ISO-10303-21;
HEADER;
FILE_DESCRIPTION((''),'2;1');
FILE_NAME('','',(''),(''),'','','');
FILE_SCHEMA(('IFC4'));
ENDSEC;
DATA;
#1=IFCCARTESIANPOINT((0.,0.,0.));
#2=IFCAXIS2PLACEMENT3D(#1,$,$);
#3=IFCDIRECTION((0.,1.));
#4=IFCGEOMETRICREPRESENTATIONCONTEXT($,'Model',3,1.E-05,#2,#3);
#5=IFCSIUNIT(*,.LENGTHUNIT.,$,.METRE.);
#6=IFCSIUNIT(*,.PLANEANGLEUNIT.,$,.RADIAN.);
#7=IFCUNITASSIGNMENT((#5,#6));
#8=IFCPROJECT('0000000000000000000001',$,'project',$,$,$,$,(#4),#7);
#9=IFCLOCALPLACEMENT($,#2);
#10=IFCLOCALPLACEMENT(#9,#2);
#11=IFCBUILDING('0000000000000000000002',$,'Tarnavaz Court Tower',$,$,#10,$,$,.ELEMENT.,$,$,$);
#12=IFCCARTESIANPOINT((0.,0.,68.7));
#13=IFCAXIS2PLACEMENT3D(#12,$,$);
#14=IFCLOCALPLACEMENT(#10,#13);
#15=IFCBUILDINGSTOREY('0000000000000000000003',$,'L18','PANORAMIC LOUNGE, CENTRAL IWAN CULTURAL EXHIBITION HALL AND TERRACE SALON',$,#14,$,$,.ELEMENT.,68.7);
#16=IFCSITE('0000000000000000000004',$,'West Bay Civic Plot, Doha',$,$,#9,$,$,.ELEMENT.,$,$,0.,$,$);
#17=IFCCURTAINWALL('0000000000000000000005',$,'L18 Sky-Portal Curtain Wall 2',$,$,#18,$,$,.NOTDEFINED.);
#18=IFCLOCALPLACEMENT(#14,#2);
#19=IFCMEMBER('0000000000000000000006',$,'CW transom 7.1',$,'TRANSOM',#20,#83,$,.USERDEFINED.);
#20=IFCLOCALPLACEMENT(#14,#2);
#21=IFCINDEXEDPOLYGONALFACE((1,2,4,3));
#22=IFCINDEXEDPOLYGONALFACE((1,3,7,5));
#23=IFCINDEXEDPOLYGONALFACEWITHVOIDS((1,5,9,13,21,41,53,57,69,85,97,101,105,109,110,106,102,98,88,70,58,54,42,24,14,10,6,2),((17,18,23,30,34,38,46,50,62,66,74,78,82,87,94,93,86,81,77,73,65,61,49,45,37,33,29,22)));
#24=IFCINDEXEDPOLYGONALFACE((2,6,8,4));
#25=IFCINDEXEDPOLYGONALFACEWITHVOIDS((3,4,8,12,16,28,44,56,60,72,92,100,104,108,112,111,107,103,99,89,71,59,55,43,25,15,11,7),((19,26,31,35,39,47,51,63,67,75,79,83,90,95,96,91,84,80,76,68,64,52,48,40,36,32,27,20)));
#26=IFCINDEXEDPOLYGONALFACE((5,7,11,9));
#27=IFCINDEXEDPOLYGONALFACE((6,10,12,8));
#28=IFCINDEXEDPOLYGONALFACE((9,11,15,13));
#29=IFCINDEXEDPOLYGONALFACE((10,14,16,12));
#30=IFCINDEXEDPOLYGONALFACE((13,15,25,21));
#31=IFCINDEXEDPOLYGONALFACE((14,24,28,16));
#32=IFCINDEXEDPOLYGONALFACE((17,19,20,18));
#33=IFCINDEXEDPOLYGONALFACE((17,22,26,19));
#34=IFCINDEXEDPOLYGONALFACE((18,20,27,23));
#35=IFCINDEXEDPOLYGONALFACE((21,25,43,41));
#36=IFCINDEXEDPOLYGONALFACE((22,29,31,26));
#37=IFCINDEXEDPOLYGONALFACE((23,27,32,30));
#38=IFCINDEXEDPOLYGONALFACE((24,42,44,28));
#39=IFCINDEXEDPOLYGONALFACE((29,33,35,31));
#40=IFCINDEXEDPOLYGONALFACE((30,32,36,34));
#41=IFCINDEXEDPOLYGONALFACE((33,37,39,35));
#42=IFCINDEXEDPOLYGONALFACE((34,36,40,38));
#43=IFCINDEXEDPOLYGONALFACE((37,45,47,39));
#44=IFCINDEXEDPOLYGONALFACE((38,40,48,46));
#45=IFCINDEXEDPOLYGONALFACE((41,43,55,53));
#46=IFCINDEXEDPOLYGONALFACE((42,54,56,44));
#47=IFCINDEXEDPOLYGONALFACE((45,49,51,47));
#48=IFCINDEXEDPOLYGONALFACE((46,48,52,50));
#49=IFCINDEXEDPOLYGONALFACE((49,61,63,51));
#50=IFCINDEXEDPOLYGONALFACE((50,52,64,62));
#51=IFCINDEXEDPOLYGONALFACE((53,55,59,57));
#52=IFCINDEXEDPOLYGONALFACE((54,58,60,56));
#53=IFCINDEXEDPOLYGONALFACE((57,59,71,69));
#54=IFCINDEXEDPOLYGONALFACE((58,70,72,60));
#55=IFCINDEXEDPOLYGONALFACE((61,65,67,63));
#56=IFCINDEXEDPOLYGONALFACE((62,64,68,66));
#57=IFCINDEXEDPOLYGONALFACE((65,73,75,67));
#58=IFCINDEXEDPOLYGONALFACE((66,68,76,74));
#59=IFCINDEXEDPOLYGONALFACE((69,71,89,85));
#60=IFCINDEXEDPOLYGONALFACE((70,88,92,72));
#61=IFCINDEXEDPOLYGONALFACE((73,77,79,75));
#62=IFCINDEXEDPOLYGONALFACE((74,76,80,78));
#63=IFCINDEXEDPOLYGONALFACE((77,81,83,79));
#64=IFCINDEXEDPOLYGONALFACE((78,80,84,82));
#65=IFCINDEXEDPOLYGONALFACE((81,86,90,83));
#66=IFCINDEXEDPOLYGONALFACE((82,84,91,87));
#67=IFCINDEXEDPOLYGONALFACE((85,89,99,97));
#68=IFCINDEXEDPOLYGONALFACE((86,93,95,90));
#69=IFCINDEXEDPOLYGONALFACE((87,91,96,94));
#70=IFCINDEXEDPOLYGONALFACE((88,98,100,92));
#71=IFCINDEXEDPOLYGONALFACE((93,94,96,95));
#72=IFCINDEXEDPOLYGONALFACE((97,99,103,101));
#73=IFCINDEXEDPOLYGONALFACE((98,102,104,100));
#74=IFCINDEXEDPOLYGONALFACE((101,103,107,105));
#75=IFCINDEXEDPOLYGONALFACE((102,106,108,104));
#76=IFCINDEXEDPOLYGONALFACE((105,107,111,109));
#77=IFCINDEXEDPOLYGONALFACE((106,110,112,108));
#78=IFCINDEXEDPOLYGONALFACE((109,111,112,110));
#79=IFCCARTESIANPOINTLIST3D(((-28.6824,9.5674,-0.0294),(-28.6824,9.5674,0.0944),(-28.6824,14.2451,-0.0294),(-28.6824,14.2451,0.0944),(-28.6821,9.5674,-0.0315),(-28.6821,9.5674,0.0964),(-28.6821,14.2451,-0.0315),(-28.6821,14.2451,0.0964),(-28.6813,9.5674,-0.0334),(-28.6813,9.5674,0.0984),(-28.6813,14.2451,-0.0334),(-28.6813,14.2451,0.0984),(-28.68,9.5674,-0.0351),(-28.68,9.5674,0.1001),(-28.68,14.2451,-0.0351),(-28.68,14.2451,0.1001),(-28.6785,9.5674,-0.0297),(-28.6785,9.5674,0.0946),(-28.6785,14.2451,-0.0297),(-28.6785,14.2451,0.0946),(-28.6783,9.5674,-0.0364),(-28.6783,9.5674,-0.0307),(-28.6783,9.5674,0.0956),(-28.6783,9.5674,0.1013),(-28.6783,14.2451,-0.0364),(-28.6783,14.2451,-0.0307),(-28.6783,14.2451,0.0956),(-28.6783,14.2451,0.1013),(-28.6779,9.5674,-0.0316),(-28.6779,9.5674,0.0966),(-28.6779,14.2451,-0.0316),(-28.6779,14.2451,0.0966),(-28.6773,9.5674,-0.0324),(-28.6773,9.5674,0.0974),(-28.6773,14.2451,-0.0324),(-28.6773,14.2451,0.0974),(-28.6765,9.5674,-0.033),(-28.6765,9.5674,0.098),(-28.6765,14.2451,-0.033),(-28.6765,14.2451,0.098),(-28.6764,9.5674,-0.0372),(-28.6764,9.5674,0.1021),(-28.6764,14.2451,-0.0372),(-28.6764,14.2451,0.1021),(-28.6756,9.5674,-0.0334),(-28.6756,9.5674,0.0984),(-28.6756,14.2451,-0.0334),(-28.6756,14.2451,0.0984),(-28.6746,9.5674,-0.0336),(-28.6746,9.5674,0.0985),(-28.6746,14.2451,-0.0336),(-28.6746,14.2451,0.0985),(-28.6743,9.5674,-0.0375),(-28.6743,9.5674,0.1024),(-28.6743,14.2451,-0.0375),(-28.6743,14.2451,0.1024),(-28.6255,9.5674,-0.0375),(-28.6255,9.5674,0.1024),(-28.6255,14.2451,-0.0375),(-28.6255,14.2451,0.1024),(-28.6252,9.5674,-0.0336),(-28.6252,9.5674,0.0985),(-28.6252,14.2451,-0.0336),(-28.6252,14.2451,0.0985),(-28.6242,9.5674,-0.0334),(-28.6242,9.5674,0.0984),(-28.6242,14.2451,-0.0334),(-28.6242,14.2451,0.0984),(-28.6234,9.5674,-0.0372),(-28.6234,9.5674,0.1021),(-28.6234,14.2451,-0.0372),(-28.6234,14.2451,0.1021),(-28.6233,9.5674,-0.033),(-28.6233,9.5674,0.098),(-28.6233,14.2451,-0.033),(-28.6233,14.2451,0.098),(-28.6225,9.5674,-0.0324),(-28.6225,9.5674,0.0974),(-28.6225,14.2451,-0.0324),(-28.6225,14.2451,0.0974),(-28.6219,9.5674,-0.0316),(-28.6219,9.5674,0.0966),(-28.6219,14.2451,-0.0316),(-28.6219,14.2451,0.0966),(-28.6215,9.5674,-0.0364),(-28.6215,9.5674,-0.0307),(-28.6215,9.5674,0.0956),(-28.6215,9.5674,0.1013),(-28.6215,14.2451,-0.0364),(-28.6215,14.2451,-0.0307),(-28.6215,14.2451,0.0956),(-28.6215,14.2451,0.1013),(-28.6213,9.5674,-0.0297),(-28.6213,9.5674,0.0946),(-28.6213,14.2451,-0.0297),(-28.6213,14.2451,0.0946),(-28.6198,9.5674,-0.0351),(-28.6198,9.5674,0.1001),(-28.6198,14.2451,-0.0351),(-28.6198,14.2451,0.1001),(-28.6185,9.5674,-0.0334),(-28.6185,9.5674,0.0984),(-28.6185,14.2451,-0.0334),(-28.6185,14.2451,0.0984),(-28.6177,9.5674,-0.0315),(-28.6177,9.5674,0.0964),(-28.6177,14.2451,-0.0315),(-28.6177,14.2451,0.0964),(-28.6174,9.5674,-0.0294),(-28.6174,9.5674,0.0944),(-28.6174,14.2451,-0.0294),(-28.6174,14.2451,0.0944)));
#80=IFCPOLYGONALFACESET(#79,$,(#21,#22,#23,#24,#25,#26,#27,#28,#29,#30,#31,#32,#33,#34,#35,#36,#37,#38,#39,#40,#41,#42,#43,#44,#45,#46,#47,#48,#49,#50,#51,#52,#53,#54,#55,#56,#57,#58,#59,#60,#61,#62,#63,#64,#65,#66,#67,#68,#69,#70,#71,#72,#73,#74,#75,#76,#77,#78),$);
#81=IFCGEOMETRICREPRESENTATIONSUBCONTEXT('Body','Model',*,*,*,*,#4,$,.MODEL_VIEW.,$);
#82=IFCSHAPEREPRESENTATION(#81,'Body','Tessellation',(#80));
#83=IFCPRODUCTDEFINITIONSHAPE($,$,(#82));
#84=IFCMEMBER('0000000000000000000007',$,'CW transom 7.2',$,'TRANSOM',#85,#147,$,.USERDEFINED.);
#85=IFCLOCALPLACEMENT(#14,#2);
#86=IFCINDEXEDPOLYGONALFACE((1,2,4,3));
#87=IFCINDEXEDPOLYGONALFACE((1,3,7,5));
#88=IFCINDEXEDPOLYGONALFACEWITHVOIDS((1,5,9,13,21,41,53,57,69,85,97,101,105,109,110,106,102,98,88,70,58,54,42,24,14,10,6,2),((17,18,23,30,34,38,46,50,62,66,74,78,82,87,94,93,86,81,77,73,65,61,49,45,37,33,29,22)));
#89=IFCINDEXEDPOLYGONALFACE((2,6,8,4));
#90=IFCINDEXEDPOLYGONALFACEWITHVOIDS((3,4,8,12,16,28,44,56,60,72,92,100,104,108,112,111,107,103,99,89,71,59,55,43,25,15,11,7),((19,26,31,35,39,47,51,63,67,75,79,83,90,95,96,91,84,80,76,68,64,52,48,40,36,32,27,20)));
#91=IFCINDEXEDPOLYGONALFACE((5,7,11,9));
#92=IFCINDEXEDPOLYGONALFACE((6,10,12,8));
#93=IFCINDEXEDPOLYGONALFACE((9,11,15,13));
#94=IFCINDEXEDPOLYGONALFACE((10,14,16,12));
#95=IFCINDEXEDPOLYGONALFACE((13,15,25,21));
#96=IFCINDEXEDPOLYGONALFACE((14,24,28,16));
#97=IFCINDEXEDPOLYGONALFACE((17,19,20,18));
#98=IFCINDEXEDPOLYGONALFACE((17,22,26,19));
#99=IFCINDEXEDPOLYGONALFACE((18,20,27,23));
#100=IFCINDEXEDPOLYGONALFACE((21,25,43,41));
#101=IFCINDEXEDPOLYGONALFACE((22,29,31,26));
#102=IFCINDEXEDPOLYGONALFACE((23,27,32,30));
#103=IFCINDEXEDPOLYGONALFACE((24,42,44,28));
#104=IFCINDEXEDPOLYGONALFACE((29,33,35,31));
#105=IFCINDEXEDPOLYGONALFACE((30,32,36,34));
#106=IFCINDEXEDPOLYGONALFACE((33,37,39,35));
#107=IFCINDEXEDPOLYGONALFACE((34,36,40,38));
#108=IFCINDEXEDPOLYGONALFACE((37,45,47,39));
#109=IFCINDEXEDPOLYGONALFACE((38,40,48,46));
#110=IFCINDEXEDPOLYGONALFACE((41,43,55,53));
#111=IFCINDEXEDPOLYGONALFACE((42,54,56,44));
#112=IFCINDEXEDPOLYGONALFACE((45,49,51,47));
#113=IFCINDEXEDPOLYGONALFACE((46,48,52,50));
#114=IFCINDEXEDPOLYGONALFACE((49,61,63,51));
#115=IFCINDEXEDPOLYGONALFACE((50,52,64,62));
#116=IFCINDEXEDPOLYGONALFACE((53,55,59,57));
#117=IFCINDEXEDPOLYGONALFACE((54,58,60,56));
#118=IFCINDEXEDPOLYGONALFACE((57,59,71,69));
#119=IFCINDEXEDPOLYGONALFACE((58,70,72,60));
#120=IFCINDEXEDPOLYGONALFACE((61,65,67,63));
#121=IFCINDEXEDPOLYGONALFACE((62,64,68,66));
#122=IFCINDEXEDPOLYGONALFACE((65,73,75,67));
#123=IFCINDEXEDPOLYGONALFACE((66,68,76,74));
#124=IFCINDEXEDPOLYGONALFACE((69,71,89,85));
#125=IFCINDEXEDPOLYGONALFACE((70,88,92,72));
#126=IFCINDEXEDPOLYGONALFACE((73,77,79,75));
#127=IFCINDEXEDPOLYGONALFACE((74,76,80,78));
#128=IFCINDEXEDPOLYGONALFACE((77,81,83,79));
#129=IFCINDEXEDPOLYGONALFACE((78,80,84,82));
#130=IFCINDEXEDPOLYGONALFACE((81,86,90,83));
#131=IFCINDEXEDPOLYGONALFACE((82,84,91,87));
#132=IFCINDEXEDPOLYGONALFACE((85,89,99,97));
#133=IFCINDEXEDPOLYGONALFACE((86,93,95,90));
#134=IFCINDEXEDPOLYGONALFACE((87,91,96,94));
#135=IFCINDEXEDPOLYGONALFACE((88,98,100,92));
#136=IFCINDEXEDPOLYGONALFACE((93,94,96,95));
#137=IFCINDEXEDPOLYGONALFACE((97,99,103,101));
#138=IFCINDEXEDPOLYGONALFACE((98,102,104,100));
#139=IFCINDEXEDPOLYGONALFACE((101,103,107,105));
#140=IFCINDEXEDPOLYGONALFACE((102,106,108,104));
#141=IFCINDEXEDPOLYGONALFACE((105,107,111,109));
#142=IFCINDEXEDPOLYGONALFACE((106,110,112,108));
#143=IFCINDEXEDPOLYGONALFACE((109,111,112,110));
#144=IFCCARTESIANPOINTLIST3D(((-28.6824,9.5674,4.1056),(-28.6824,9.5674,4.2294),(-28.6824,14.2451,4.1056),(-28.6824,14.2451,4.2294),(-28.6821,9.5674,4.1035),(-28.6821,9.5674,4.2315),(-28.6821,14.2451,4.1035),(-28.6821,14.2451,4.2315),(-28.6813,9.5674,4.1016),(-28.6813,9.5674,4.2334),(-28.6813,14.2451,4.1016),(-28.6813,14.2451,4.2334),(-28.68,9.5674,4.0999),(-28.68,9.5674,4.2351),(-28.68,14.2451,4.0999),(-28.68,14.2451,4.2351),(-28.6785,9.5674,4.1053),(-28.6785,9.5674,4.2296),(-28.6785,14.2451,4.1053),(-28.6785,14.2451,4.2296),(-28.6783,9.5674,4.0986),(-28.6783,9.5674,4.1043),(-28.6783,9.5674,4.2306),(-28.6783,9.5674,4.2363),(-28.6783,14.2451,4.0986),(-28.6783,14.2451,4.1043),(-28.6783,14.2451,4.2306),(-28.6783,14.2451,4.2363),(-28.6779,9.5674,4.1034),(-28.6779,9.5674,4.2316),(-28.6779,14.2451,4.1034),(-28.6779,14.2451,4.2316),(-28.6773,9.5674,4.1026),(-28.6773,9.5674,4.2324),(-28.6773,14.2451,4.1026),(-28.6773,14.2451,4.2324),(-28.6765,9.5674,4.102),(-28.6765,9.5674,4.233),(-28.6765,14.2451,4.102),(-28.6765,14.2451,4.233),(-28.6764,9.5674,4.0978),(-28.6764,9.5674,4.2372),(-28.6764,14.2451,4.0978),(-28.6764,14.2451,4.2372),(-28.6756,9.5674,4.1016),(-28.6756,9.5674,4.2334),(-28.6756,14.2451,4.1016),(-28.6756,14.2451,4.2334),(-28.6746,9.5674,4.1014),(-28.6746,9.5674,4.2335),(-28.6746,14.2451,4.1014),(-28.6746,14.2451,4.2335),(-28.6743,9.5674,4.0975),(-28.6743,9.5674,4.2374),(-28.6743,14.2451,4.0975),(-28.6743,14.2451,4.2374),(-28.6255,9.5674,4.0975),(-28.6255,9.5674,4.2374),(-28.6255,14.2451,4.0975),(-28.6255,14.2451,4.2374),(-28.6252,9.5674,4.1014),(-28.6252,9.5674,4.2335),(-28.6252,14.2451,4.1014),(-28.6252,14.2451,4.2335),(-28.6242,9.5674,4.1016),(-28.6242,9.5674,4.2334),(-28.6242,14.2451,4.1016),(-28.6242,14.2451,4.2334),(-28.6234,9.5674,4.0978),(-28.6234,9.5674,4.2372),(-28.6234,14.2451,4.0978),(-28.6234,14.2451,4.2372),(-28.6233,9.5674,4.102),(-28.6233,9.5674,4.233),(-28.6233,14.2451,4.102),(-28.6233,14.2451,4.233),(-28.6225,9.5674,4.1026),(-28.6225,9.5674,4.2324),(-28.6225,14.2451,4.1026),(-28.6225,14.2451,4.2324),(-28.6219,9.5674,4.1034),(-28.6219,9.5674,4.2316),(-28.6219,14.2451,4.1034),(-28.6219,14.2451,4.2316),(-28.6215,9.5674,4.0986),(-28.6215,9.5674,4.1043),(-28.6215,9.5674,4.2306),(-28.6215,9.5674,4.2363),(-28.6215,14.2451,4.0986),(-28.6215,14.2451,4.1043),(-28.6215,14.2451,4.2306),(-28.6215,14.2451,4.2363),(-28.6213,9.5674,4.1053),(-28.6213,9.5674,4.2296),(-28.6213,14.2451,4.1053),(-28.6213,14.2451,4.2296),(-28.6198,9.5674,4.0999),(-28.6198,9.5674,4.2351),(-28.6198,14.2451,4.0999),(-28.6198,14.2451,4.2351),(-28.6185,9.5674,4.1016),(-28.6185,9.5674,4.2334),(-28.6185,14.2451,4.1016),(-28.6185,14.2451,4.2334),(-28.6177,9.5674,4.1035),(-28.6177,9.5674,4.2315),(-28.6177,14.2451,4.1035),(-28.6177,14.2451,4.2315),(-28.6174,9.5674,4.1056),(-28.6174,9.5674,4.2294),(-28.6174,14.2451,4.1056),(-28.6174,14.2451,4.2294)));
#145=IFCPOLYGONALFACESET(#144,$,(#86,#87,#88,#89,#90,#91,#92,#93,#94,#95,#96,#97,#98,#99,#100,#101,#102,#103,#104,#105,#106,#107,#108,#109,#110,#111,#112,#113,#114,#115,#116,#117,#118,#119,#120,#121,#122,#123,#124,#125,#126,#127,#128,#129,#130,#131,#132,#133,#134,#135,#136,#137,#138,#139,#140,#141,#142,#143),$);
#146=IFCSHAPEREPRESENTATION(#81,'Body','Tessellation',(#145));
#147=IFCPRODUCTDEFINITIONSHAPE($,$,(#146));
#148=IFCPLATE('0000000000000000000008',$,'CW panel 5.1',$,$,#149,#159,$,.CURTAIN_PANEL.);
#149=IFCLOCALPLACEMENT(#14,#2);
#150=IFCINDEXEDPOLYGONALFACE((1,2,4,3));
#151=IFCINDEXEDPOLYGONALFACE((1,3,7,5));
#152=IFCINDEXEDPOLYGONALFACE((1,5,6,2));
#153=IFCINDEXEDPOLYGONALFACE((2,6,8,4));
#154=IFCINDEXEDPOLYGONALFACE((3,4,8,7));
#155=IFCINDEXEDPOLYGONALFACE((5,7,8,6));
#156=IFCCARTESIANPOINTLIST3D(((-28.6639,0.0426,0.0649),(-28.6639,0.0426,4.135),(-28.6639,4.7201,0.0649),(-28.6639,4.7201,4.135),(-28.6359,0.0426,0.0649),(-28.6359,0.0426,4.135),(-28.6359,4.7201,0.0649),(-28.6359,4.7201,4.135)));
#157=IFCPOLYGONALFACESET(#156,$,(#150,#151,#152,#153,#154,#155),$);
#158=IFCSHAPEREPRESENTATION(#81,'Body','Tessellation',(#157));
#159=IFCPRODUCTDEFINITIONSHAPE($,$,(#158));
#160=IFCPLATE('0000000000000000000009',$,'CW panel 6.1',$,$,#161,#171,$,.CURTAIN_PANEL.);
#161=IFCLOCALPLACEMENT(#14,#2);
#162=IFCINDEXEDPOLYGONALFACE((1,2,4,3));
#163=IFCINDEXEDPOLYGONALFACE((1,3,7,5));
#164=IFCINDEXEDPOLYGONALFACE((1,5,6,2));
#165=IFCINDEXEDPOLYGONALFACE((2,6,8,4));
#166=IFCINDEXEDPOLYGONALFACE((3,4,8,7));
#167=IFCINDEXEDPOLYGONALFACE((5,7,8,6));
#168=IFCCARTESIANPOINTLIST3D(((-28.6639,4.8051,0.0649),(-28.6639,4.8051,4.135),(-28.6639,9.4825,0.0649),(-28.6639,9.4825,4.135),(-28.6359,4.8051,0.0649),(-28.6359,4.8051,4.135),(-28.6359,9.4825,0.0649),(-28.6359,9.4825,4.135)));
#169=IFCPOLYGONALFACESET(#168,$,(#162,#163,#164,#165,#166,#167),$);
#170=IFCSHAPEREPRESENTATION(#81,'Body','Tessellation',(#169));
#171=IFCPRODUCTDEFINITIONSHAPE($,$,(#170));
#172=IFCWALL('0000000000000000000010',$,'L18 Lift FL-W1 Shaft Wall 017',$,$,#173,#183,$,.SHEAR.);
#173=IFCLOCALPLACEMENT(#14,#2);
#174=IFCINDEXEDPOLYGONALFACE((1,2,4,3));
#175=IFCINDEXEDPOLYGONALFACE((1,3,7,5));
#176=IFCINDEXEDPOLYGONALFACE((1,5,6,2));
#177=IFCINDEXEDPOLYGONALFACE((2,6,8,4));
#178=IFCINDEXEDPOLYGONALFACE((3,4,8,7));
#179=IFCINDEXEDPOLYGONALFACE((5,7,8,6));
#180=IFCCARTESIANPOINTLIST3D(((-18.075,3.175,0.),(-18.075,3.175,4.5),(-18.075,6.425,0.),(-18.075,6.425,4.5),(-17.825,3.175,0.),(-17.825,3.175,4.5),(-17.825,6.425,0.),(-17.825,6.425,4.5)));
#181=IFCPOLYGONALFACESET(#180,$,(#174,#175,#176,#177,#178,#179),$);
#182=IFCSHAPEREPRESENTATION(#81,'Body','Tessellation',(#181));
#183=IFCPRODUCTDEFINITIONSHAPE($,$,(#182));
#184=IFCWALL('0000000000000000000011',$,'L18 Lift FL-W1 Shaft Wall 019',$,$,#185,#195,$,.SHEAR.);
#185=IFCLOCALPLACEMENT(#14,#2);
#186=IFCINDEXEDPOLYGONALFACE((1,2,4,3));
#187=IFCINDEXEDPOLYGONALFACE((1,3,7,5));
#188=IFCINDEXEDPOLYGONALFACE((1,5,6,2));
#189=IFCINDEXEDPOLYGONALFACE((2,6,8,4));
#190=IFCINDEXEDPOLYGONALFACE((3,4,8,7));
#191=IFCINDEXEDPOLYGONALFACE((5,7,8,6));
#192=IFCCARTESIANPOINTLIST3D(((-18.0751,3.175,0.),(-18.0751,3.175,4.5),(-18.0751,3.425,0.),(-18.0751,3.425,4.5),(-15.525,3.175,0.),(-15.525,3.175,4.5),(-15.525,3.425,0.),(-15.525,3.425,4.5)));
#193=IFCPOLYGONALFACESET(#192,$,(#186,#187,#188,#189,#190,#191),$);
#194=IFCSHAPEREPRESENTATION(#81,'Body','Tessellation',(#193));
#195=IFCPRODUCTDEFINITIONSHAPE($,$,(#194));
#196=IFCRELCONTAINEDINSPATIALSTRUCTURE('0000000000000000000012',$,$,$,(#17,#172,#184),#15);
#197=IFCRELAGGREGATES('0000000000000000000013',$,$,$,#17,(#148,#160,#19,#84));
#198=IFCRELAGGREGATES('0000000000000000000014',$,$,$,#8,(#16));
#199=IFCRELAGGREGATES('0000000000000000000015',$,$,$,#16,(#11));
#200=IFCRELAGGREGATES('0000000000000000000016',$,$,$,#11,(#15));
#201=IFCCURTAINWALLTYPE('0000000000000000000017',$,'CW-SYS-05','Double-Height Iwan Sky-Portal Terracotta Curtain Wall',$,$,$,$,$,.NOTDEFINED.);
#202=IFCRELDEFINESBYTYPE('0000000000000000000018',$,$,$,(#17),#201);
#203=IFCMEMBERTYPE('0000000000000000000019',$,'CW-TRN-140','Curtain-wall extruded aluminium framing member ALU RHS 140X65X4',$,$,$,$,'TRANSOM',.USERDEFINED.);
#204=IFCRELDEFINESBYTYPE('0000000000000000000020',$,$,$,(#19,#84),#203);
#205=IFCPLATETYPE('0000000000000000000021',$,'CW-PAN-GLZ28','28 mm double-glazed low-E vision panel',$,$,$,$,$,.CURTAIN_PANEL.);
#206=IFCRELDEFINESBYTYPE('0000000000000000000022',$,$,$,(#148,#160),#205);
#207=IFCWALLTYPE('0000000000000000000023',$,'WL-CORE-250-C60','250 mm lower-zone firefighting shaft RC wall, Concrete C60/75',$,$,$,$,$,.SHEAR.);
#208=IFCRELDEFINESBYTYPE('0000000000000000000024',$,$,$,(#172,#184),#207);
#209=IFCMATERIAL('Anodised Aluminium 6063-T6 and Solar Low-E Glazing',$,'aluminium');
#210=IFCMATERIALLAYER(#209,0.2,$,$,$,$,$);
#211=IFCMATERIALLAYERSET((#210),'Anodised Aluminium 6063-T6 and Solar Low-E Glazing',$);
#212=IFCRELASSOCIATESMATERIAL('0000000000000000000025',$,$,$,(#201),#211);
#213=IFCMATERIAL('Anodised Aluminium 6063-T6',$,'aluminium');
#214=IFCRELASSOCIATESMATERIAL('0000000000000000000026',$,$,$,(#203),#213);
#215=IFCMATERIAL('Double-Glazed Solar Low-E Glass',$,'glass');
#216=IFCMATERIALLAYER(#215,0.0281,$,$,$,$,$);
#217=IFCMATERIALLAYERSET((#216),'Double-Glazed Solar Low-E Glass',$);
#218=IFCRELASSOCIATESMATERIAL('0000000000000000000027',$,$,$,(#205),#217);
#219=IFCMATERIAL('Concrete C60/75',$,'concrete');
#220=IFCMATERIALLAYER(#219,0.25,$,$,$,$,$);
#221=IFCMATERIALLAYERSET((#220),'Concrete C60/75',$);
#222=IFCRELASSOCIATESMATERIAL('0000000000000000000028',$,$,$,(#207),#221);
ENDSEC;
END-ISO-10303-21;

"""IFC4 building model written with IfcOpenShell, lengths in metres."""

from ifc_helpers import new_model, si_unit, direction, frame, frame_2d, origin, origin_2d, place, context, subcontext, project, spatial, rectangle, hollow_rectangle, extrude, material, layer, layer_set, material_profile, profile_set, type_object, element, aggregate, save


model = new_model("IFC4")

# Units and contexts
model_context = context("Model", 3, precision=1e-05, world=origin(), true_north=direction((0.0, 1.0)))
body_context = subcontext(model_context, "Body", "Model", "MODEL_VIEW")
ifc_project = project(units=[si_unit("LENGTHUNIT", "METRE"), si_unit("PLANEANGLEUNIT", "RADIAN")], contexts=[model_context])

# Site, building, storey
site_placement = place(None, origin())
site = spatial("IfcSite", under=ifc_project, at=site_placement, Name="West Bay Civic Plot, Doha", CompositionType="ELEMENT", RefElevation=0.0)
building_placement = place(site_placement, origin())
building = spatial("IfcBuilding", under=site, at=building_placement, Name="Tarnavaz Court Tower", CompositionType="ELEMENT")
storey_placement = place(building_placement, frame((0.0, 0.0, 68.7)))
storey = spatial("IfcBuildingStorey", under=building, at=storey_placement, Name="L18", Description="PANORAMIC LOUNGE, CENTRAL IWAN CULTURAL EXHIBITION HALL AND TERRACE SALON", CompositionType="ELEMENT", Elevation=68.7)

# Shared definitions
ifc_material_1 = material(Name="Concrete C60/75", Category="concrete")

# Curtain wall, members, plates
ifc_material_2 = material(Name="Anodised Aluminium 6063-T6 and Solar Low-E Glazing", Category="aluminium")
ifc_layer_1 = layer(ifc_material_2, 0.2)
ifc_layer_set_1 = layer_set([ifc_layer_1], Name="Anodised Aluminium 6063-T6 and Solar Low-E Glazing")
curtain_wall_type = type_object("IfcCurtainWallType", Name="CW-SYS-05", Description="Double-Height Iwan Sky-Portal Terracotta Curtain Wall", PredefinedType="NOTDEFINED", material=ifc_layer_set_1)
curtain_wall_placement = place(storey_placement, origin())
curtain_wall = element("IfcCurtainWall", 1, at=curtain_wall_placement, inside=storey, type_object=curtain_wall_type, Name="L18 Sky-Portal Curtain Wall 2", PredefinedType="NOTDEFINED")
ifc_material_3 = material(Name="Anodised Aluminium 6063-T6", Category="aluminium")
ifc_material_profile_1 = material_profile(ifc_material_3, hollow_rectangle(XDim=0.0649, YDim=0.1399, WallThickness=0.0039, InnerFilletRadius=0.0039, OuterFilletRadius=0.0081, at=origin_2d()), Name="ALU RHS 140X65X4")
ifc_profile_set_1 = profile_set([ifc_material_profile_1], Name="Anodised Aluminium 6063-T6")
member_type_1 = type_object("IfcMemberType", Name="CW-TRN-140", Description="Curtain-wall extruded aluminium framing member ALU RHS 140X65X4", ElementType="TRANSOM", PredefinedType="USERDEFINED", material=ifc_profile_set_1)
member_1_placement = place(storey_placement, frame((-28.6499, 9.5674, 0.0325), z_axis=(0.0, 1.0, 0.0), x_axis=(-1.0, 0.0, 0.0)))
member_1 = element("IfcMember", 2, at=member_1_placement, type_object=member_type_1, Name="CW transom 7.1", ObjectType="TRANSOM", PredefinedType="USERDEFINED", context=body_context, shape_type="SweptSolid", body=[
    extrude(hollow_rectangle(XDim=0.0649, YDim=0.1399, WallThickness=0.0039, InnerFilletRadius=0.0039, OuterFilletRadius=0.0081, at=origin_2d()), origin(), (0.0, 0.0, 1.0), 4.6777),
])
member_2_placement = place(storey_placement, frame((-28.6499, 9.5674, 4.1675), z_axis=(0.0, 1.0, 0.0), x_axis=(-1.0, 0.0, 0.0)))
member_2 = element("IfcMember", 3, at=member_2_placement, type_object=member_type_1, Name="CW transom 7.2", ObjectType="TRANSOM", PredefinedType="USERDEFINED", context=body_context, shape_type="SweptSolid", body=[
    extrude(hollow_rectangle(XDim=0.0649, YDim=0.1399, WallThickness=0.0039, InnerFilletRadius=0.0039, OuterFilletRadius=0.0081, at=origin_2d()), origin(), (0.0, 0.0, 1.0), 4.6777),
])
ifc_material_4 = material(Name="Double-Glazed Solar Low-E Glass", Category="glass")
ifc_layer_2 = layer(ifc_material_4, 0.0281)
ifc_layer_set_2 = layer_set([ifc_layer_2], Name="Double-Glazed Solar Low-E Glass")
plate_type = type_object("IfcPlateType", Name="CW-PAN-GLZ28", Description="28 mm double-glazed low-E vision panel", PredefinedType="CURTAIN_PANEL", material=ifc_layer_set_2)
plate_1_placement = place(storey_placement, frame((-28.6499, 2.3813, 0.0649), z_axis=(0.0, 0.0, 1.0), x_axis=(0.0, 1.0, 0.0)))
plate_1 = element("IfcPlate", 4, at=plate_1_placement, type_object=plate_type, Name="CW panel 5.1", PredefinedType="CURTAIN_PANEL", context=body_context, shape_type="SweptSolid", body=[
    extrude(rectangle(XDim=4.6775, YDim=0.0281, at=origin_2d()), origin(), (0.0, 0.0, 1.0), 4.0701),
])
plate_2_placement = place(storey_placement, frame((-28.6499, 7.1438, 0.0649), z_axis=(0.0, 0.0, 1.0), x_axis=(0.0, 1.0, 0.0)))
plate_2 = element("IfcPlate", 5, at=plate_2_placement, type_object=plate_type, Name="CW panel 6.1", PredefinedType="CURTAIN_PANEL", context=body_context, shape_type="SweptSolid", body=[
    extrude(rectangle(XDim=4.6775, YDim=0.0281, at=origin_2d()), origin(), (0.0, 0.0, 1.0), 4.0701),
])
aggregate(curtain_wall, [plate_1, plate_2, member_1, member_2])

# Wall
ifc_layer_3 = layer(ifc_material_1, 0.25)
ifc_layer_set_3 = layer_set([ifc_layer_3], Name="Concrete C60/75")
wall_type_1 = type_object("IfcWallType", Name="WL-CORE-250-C60", Description="250 mm lower-zone firefighting shaft RC wall, Concrete C60/75", PredefinedType="SHEAR", material=ifc_layer_set_3)
wall_1_placement = place(storey_placement, frame((-17.95, 3.175, 0.0), z_axis=(0.0, 0.0, 1.0), x_axis=(0.0, 1.0, 0.0)))
element("IfcWall", 6, at=wall_1_placement, inside=storey, type_object=wall_type_1, Name="L18 Lift FL-W1 Shaft Wall 017", PredefinedType="SHEAR", context=body_context, shape_type="SweptSolid", body=[
    extrude(rectangle(XDim=3.25, YDim=0.25, at=frame_2d((1.625, 0.0))), origin(), (0.0, 0.0, 1.0), 4.5),
])

# Wall
for number, where, z_axis, x_axis, name in (
    (7, (-18.075, 3.3, 0.0), (0.0, 0.0, 1.0), (1.0, 0.0, 0.0), "L18 Lift FL-W1 Shaft Wall 019"),
):
    element("IfcWall", number, at=place(storey_placement, frame(where, z_axis=z_axis, x_axis=x_axis)), inside=storey, type_object=wall_type_1, Name=name, PredefinedType="SHEAR", context=body_context, shape_type="SweptSolid", body=[
        extrude(rectangle(XDim=2.55, YDim=0.25, at=frame_2d((1.2749, 0.0))), origin(), (0.0, 0.0, 1.0), 4.5),
    ])

save(model, "model.ifc")
